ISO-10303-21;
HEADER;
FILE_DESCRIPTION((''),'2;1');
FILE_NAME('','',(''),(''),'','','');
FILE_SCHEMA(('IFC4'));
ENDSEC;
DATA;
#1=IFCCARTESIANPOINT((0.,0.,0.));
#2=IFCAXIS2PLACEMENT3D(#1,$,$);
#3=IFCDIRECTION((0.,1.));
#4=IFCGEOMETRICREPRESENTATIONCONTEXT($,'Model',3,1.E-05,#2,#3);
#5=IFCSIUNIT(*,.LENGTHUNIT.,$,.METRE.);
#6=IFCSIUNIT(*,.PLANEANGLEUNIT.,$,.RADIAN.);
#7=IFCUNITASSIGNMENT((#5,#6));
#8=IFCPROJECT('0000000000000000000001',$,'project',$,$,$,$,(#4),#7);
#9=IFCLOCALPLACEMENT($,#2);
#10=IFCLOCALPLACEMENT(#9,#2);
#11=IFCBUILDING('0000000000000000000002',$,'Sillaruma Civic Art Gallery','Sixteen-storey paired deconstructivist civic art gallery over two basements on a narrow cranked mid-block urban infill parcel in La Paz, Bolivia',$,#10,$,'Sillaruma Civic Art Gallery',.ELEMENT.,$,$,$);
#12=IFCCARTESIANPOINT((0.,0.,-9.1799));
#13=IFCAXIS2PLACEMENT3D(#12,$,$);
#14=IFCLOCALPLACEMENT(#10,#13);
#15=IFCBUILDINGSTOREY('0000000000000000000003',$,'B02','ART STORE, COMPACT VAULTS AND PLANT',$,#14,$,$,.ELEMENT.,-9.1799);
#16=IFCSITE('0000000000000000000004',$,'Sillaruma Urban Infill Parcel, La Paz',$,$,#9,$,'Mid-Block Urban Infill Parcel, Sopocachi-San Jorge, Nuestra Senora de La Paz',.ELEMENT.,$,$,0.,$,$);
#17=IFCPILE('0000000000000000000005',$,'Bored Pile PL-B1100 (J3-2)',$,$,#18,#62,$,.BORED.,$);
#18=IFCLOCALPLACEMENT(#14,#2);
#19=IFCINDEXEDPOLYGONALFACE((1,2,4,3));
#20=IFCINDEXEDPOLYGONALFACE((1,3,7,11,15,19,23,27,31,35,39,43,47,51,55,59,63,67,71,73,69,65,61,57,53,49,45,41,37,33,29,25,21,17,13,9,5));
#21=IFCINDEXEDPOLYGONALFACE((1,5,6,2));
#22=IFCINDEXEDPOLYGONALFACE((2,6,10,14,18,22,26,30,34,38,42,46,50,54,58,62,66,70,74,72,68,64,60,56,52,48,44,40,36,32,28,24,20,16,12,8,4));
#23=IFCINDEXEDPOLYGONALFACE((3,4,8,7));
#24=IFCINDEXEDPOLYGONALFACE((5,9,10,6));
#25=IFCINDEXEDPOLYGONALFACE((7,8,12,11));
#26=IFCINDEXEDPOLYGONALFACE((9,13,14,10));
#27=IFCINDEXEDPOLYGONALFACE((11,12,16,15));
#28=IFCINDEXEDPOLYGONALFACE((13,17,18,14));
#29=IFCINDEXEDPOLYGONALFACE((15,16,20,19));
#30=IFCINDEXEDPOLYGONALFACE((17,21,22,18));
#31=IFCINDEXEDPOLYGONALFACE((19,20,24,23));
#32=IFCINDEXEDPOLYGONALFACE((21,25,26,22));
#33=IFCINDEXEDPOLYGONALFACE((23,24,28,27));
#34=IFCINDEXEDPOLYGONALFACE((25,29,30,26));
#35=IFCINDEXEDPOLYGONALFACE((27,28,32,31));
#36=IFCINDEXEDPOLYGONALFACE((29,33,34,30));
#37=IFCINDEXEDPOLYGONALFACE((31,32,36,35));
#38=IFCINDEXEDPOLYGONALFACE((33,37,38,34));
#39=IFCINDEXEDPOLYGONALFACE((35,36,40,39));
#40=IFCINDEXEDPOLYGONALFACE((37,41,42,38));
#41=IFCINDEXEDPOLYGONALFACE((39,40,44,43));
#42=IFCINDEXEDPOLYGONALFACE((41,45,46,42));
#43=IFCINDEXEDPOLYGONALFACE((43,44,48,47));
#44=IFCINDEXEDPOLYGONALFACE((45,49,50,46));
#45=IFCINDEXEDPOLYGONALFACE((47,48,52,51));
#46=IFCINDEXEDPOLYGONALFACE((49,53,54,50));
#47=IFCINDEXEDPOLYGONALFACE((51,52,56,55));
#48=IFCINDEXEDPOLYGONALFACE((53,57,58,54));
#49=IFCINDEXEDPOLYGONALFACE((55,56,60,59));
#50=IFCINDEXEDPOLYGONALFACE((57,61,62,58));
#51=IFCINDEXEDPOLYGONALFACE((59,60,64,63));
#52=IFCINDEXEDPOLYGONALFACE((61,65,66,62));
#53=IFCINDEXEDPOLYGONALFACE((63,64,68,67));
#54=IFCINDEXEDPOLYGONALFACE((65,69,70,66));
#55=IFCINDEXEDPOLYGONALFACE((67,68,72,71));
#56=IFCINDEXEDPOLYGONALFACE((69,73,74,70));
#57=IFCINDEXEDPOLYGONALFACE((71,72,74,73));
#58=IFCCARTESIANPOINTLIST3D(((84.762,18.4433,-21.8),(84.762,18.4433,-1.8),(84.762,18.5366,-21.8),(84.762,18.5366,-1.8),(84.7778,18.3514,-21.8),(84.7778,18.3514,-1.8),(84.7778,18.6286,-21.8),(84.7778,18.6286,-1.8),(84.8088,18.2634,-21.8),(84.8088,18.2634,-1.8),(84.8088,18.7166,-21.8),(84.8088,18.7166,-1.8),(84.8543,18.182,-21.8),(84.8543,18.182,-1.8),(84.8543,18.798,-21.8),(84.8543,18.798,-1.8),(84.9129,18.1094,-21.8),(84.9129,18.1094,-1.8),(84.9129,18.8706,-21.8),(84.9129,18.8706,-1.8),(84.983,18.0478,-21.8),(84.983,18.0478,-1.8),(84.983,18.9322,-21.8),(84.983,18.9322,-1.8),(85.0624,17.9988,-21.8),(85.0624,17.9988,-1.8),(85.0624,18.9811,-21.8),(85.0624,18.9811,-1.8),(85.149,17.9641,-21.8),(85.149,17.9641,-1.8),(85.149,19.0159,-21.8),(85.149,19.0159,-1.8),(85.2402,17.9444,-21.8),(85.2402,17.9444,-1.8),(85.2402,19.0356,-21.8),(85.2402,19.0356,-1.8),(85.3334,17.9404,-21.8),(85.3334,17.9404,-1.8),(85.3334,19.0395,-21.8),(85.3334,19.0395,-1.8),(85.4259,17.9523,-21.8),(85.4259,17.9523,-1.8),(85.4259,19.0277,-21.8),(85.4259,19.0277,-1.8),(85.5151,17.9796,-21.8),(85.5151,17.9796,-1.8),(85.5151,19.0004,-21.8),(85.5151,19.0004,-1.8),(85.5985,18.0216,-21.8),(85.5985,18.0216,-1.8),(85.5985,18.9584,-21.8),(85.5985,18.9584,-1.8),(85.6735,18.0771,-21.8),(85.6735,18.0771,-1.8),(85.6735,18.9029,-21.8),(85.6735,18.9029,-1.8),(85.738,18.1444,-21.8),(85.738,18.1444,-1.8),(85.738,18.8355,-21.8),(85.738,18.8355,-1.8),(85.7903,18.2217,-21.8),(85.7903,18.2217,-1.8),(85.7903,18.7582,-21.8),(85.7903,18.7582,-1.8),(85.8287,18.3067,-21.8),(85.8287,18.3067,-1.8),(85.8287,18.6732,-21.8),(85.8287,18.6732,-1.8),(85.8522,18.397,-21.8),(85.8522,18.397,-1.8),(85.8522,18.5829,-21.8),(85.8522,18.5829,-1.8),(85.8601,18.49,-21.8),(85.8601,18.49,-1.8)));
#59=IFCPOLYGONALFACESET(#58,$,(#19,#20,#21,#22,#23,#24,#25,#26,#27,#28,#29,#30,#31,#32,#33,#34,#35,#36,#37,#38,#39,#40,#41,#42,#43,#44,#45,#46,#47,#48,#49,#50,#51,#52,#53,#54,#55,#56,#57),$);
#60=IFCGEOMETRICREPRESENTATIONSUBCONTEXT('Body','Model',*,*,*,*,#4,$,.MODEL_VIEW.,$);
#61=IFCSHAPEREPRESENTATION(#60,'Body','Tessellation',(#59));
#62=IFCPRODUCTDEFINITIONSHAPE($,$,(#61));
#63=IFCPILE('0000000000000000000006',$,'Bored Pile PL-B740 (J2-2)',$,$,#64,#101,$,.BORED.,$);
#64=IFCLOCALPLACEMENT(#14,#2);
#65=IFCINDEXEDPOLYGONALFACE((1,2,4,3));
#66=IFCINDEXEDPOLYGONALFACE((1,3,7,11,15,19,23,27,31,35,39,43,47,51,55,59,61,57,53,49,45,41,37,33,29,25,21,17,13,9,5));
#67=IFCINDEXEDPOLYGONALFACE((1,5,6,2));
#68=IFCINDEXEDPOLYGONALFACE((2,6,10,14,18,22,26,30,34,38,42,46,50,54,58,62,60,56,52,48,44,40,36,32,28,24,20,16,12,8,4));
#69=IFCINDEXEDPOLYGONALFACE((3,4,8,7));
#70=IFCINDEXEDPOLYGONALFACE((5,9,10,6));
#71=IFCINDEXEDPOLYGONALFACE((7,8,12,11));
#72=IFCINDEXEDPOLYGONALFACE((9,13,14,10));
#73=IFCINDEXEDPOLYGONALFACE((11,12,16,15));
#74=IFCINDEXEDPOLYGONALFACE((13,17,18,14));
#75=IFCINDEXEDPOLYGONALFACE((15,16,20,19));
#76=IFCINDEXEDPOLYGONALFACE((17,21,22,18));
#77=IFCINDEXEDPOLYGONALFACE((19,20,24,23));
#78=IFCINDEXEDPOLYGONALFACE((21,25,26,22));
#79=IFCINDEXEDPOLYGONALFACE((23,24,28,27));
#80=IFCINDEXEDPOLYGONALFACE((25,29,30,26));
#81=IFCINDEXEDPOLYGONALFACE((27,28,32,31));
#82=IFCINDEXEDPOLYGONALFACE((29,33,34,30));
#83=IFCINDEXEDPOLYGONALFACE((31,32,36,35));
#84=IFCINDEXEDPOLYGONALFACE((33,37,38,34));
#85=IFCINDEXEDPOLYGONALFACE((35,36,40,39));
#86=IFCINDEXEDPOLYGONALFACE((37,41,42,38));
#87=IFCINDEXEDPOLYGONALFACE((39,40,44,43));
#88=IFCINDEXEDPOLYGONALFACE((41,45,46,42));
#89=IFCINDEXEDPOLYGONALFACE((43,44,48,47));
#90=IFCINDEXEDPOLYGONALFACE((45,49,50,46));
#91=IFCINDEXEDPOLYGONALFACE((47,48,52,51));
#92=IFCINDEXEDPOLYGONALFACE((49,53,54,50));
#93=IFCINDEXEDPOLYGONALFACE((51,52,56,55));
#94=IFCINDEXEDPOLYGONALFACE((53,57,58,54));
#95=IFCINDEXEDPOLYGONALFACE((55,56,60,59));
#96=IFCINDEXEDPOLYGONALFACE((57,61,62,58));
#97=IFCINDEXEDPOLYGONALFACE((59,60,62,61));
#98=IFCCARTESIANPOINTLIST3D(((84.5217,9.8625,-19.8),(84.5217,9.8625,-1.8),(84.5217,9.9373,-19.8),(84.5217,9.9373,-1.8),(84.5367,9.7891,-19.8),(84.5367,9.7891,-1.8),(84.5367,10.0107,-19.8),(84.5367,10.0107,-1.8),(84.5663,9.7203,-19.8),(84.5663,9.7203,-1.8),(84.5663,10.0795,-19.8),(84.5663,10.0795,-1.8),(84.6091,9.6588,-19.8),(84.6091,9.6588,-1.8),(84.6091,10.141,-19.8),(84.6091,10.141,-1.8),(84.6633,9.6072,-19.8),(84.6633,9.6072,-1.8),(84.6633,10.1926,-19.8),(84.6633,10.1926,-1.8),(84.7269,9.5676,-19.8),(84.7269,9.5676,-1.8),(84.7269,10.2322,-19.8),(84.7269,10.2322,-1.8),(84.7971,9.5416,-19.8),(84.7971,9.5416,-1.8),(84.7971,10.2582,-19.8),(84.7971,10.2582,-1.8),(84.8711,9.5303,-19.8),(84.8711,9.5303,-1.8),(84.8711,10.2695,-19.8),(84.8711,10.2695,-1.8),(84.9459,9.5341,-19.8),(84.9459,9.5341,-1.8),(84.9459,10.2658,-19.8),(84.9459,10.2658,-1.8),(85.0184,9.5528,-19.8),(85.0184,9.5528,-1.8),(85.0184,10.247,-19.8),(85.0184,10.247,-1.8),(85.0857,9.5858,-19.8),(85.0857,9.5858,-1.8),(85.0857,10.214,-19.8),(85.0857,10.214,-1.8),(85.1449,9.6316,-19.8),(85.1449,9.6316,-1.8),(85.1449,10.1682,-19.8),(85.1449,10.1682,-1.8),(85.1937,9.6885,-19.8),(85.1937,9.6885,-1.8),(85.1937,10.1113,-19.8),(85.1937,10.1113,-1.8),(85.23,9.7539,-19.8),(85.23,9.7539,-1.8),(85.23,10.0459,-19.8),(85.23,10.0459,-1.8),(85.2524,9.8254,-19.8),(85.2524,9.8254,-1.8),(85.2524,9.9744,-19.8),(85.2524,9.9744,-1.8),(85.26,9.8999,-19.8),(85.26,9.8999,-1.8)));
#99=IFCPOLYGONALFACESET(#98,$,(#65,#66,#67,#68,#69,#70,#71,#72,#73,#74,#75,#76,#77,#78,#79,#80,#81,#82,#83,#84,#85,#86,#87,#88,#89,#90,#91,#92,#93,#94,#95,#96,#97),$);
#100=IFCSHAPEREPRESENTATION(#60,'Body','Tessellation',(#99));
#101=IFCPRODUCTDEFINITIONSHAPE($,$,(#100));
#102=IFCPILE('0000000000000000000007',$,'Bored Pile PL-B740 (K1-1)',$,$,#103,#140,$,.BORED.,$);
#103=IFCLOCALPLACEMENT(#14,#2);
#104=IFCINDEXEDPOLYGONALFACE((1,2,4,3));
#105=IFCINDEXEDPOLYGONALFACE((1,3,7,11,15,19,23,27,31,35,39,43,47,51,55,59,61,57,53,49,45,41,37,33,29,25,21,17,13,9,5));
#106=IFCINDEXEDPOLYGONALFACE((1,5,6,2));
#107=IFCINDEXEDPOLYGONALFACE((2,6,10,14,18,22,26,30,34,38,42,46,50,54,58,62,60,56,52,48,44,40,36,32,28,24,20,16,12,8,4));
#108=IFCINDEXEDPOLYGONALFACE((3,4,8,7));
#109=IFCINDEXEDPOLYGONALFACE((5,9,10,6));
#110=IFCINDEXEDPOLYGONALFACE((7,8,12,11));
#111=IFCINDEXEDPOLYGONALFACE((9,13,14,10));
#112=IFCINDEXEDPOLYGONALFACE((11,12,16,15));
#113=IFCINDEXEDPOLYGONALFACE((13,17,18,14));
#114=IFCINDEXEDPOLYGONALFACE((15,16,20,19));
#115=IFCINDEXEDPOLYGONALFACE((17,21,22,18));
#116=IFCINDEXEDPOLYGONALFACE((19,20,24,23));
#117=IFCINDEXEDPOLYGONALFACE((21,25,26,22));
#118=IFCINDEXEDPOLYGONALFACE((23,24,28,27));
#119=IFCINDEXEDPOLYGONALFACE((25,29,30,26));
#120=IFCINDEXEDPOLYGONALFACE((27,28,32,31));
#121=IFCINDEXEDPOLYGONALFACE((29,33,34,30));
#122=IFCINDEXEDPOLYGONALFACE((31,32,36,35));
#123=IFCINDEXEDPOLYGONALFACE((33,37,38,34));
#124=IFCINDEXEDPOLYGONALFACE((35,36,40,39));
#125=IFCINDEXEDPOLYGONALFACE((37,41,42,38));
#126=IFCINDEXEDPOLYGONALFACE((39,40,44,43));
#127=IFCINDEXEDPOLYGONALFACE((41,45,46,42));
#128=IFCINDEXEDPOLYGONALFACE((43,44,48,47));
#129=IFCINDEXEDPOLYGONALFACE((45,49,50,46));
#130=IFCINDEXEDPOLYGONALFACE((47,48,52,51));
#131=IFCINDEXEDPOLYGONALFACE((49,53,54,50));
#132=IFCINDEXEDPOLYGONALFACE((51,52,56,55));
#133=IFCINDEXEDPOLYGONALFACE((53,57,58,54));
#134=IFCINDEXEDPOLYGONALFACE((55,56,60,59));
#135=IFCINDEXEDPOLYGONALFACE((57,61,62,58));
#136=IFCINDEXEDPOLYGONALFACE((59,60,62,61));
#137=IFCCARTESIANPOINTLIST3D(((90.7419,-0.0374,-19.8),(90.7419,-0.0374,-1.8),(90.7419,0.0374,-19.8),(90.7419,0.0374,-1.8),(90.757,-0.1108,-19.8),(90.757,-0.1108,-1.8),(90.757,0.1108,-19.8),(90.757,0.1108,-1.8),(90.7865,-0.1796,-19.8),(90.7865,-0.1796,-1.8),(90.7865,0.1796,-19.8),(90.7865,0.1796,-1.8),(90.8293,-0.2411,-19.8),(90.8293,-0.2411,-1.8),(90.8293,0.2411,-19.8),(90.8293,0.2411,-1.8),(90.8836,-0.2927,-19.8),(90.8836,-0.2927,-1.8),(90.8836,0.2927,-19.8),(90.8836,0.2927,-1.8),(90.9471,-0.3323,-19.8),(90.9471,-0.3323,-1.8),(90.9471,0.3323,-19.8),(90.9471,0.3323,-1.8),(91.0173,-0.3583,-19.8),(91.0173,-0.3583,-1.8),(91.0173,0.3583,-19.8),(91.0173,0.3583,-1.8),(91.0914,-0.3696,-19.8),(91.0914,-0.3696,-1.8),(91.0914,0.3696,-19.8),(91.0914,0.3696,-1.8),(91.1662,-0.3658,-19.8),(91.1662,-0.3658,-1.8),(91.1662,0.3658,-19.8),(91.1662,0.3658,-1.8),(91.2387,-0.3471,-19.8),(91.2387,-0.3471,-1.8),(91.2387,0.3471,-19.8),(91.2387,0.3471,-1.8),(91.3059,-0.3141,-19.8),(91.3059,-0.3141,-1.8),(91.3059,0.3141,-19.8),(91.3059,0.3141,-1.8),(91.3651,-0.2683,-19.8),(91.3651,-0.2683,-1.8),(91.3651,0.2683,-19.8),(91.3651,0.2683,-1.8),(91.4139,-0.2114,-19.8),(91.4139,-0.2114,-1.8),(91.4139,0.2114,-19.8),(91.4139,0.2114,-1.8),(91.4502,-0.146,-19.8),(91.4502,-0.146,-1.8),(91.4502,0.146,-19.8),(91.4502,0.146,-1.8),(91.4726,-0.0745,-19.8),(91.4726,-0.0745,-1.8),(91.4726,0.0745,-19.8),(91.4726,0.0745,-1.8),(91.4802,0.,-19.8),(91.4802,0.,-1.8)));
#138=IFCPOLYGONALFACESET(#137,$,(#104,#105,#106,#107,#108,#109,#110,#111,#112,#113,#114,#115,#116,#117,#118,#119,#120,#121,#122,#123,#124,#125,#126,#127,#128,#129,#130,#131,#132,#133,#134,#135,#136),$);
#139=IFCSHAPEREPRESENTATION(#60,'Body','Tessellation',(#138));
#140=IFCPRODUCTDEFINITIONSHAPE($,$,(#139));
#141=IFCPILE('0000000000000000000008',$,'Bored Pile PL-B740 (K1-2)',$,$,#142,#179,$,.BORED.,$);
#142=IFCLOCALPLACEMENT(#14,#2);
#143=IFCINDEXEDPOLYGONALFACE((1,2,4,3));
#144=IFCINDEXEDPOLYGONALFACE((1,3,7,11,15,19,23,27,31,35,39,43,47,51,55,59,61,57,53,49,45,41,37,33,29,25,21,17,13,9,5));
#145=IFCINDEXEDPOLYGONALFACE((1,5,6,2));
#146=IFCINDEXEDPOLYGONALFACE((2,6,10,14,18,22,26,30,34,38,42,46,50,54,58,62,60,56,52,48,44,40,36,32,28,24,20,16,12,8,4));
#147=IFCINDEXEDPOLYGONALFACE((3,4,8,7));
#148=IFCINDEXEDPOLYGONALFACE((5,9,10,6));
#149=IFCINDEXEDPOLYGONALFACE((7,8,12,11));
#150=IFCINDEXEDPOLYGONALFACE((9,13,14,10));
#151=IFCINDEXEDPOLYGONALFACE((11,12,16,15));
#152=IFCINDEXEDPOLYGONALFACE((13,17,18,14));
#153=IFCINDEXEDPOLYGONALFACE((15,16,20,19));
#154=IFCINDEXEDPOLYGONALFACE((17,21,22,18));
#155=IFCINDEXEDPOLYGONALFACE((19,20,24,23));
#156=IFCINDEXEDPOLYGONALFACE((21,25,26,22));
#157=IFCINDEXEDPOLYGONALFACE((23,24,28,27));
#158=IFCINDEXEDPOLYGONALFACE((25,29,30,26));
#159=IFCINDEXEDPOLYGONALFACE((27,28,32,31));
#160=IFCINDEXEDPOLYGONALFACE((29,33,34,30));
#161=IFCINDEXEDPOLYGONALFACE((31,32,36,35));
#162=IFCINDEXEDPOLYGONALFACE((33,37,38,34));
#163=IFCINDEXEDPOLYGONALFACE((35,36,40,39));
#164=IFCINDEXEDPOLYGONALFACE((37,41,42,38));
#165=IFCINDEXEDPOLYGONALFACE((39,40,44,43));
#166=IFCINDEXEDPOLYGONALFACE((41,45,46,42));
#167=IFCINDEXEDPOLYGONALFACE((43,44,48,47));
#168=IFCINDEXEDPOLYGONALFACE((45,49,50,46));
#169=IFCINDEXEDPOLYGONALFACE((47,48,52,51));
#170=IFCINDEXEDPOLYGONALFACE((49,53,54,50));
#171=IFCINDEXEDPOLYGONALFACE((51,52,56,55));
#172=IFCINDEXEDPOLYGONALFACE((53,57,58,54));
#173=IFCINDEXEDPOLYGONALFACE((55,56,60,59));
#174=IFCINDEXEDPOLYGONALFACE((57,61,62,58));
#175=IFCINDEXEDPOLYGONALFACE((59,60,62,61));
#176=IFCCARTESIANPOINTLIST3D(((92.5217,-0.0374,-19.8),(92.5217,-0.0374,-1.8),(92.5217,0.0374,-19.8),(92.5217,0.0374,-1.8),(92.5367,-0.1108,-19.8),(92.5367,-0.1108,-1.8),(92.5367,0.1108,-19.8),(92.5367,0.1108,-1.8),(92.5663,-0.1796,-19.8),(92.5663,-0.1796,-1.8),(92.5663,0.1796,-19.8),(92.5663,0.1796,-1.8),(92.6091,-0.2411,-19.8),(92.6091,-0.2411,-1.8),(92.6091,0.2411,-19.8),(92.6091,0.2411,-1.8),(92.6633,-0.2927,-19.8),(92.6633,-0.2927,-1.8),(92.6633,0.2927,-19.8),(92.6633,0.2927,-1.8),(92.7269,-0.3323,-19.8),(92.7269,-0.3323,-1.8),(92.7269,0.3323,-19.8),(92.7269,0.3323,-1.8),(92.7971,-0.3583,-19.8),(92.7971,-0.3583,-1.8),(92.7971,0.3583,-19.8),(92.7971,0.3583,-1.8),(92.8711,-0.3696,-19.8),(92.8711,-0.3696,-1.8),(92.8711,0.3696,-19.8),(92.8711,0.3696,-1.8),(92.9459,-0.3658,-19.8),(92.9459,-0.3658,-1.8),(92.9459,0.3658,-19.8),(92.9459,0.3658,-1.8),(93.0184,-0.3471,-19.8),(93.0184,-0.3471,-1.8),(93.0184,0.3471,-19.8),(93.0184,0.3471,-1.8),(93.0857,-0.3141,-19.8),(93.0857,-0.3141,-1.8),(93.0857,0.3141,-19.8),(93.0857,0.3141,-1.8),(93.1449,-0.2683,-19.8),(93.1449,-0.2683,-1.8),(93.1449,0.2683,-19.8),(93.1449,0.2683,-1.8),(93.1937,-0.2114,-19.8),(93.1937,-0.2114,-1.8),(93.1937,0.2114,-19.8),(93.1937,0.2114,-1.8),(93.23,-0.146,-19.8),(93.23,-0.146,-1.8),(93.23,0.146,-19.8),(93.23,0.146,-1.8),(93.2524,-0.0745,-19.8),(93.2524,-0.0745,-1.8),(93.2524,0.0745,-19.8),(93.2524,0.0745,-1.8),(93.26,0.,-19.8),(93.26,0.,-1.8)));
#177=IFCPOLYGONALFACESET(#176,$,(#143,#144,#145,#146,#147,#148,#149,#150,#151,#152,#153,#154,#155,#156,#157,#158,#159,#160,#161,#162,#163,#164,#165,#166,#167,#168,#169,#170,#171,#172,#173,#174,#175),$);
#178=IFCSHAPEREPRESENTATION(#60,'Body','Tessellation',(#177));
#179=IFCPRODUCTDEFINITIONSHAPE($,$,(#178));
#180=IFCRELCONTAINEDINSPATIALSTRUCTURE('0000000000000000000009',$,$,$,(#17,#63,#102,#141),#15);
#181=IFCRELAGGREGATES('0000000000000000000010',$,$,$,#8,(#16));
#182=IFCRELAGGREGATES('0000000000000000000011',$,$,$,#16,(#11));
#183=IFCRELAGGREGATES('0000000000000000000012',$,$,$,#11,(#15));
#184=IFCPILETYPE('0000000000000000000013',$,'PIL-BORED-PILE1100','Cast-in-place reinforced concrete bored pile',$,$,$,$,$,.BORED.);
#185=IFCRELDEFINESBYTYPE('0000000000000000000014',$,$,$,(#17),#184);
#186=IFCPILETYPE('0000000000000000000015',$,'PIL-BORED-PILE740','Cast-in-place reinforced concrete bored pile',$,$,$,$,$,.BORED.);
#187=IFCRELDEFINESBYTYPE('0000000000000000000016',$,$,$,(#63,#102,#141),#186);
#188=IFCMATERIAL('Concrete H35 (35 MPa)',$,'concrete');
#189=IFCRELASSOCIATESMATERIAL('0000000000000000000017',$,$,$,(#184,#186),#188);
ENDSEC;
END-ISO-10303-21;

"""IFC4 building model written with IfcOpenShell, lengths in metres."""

from ifc_helpers import new_model, si_unit, direction, frame, origin, origin_2d, place, context, subcontext, project, spatial, circle, extrude, material, material_profile, profile_set, type_object, element, save


model = new_model("IFC4")

# Units and contexts
model_context = context("Model", 3, precision=1e-05, world=origin(), true_north=direction((0.0, 1.0)))
body_context = subcontext(model_context, "Body", "Model", "MODEL_VIEW")
ifc_project = project(units=[si_unit("LENGTHUNIT", "METRE"), si_unit("PLANEANGLEUNIT", "RADIAN")], contexts=[model_context])

# Site, building, storey
site_placement = place(None, origin())
site = spatial("IfcSite", under=ifc_project, at=site_placement, Name="Sillaruma Urban Infill Parcel, La Paz", LongName="Mid-Block Urban Infill Parcel, Sopocachi-San Jorge, Nuestra Senora de La Paz", CompositionType="ELEMENT", RefElevation=0.0)
building_placement = place(site_placement, origin())
building = spatial("IfcBuilding", under=site, at=building_placement, Name="Sillaruma Civic Art Gallery", Description="Sixteen-storey paired deconstructivist civic art gallery over two basements on a narrow cranked mid-block urban infill parcel in La Paz, Bolivia", LongName="Sillaruma Civic Art Gallery", CompositionType="ELEMENT")
storey_placement = place(building_placement, frame((0.0, 0.0, -9.1799)))
storey = spatial("IfcBuildingStorey", under=building, at=storey_placement, Name="B02", Description="ART STORE, COMPACT VAULTS AND PLANT", CompositionType="ELEMENT", Elevation=-9.1799)

# Shared definitions
ifc_material_1 = material(Name="Concrete H35 (35 MPa)", Category="concrete")

# Piles
ifc_material_profile_1 = material_profile(ifc_material_1, circle(Radius=0.55, at=origin_2d()), Name="PILE1100")
ifc_profile_set_1 = profile_set([ifc_material_profile_1], Name="Concrete H35 (35 MPa)")
pile_type_1 = type_object("IfcPileType", Name="PIL-BORED-PILE1100", Description="Cast-in-place reinforced concrete bored pile", PredefinedType="BORED", material=ifc_profile_set_1)
pile_1_placement = place(storey_placement, frame((85.3101, 18.49, -1.8), z_axis=(0.0, 0.0, -1.0), x_axis=(1.0, 0.0, 0.0)))
element("IfcPile", 1, at=pile_1_placement, inside=storey, type_object=pile_type_1, Name="Bored Pile PL-B1100 (J3-2)", PredefinedType="BORED", context=body_context, shape_type="SweptSolid", body=[
    extrude(circle(Radius=0.55, at=origin_2d()), origin(), (0.0, 0.0, 1.0), 20.0),
])
ifc_material_profile_2 = material_profile(ifc_material_1, circle(Radius=0.3701, at=origin_2d()), Name="PILE740")
ifc_profile_set_2 = profile_set([ifc_material_profile_2], Name="Concrete H35 (35 MPa)")
pile_type_2 = type_object("IfcPileType", Name="PIL-BORED-PILE740", Description="Cast-in-place reinforced concrete bored pile", PredefinedType="BORED", material=ifc_profile_set_2)
for number, where, z_axis, x_axis, name in (
    (2, (84.8899, 9.8999, -1.8), (0.0, 0.0, -1.0), (1.0, 0.0, 0.0), "Bored Pile PL-B740 (J2-2)"),
    (3, (91.1101, 0.0, -1.8), (0.0, 0.0, -1.0), (1.0, 0.0, 0.0), "Bored Pile PL-B740 (K1-1)"),
    (4, (92.8899, 0.0, -1.8), (0.0, 0.0, -1.0), (1.0, 0.0, 0.0), "Bored Pile PL-B740 (K1-2)"),
):
    element("IfcPile", number, at=place(storey_placement, frame(where, z_axis=z_axis, x_axis=x_axis)), inside=storey, type_object=pile_type_2, Name=name, PredefinedType="BORED", context=body_context, shape_type="SweptSolid", body=[
        extrude(circle(Radius=0.3701, at=origin_2d()), origin(), (0.0, 0.0, 1.0), 18.0),
    ])

save(model, "model.ifc")
